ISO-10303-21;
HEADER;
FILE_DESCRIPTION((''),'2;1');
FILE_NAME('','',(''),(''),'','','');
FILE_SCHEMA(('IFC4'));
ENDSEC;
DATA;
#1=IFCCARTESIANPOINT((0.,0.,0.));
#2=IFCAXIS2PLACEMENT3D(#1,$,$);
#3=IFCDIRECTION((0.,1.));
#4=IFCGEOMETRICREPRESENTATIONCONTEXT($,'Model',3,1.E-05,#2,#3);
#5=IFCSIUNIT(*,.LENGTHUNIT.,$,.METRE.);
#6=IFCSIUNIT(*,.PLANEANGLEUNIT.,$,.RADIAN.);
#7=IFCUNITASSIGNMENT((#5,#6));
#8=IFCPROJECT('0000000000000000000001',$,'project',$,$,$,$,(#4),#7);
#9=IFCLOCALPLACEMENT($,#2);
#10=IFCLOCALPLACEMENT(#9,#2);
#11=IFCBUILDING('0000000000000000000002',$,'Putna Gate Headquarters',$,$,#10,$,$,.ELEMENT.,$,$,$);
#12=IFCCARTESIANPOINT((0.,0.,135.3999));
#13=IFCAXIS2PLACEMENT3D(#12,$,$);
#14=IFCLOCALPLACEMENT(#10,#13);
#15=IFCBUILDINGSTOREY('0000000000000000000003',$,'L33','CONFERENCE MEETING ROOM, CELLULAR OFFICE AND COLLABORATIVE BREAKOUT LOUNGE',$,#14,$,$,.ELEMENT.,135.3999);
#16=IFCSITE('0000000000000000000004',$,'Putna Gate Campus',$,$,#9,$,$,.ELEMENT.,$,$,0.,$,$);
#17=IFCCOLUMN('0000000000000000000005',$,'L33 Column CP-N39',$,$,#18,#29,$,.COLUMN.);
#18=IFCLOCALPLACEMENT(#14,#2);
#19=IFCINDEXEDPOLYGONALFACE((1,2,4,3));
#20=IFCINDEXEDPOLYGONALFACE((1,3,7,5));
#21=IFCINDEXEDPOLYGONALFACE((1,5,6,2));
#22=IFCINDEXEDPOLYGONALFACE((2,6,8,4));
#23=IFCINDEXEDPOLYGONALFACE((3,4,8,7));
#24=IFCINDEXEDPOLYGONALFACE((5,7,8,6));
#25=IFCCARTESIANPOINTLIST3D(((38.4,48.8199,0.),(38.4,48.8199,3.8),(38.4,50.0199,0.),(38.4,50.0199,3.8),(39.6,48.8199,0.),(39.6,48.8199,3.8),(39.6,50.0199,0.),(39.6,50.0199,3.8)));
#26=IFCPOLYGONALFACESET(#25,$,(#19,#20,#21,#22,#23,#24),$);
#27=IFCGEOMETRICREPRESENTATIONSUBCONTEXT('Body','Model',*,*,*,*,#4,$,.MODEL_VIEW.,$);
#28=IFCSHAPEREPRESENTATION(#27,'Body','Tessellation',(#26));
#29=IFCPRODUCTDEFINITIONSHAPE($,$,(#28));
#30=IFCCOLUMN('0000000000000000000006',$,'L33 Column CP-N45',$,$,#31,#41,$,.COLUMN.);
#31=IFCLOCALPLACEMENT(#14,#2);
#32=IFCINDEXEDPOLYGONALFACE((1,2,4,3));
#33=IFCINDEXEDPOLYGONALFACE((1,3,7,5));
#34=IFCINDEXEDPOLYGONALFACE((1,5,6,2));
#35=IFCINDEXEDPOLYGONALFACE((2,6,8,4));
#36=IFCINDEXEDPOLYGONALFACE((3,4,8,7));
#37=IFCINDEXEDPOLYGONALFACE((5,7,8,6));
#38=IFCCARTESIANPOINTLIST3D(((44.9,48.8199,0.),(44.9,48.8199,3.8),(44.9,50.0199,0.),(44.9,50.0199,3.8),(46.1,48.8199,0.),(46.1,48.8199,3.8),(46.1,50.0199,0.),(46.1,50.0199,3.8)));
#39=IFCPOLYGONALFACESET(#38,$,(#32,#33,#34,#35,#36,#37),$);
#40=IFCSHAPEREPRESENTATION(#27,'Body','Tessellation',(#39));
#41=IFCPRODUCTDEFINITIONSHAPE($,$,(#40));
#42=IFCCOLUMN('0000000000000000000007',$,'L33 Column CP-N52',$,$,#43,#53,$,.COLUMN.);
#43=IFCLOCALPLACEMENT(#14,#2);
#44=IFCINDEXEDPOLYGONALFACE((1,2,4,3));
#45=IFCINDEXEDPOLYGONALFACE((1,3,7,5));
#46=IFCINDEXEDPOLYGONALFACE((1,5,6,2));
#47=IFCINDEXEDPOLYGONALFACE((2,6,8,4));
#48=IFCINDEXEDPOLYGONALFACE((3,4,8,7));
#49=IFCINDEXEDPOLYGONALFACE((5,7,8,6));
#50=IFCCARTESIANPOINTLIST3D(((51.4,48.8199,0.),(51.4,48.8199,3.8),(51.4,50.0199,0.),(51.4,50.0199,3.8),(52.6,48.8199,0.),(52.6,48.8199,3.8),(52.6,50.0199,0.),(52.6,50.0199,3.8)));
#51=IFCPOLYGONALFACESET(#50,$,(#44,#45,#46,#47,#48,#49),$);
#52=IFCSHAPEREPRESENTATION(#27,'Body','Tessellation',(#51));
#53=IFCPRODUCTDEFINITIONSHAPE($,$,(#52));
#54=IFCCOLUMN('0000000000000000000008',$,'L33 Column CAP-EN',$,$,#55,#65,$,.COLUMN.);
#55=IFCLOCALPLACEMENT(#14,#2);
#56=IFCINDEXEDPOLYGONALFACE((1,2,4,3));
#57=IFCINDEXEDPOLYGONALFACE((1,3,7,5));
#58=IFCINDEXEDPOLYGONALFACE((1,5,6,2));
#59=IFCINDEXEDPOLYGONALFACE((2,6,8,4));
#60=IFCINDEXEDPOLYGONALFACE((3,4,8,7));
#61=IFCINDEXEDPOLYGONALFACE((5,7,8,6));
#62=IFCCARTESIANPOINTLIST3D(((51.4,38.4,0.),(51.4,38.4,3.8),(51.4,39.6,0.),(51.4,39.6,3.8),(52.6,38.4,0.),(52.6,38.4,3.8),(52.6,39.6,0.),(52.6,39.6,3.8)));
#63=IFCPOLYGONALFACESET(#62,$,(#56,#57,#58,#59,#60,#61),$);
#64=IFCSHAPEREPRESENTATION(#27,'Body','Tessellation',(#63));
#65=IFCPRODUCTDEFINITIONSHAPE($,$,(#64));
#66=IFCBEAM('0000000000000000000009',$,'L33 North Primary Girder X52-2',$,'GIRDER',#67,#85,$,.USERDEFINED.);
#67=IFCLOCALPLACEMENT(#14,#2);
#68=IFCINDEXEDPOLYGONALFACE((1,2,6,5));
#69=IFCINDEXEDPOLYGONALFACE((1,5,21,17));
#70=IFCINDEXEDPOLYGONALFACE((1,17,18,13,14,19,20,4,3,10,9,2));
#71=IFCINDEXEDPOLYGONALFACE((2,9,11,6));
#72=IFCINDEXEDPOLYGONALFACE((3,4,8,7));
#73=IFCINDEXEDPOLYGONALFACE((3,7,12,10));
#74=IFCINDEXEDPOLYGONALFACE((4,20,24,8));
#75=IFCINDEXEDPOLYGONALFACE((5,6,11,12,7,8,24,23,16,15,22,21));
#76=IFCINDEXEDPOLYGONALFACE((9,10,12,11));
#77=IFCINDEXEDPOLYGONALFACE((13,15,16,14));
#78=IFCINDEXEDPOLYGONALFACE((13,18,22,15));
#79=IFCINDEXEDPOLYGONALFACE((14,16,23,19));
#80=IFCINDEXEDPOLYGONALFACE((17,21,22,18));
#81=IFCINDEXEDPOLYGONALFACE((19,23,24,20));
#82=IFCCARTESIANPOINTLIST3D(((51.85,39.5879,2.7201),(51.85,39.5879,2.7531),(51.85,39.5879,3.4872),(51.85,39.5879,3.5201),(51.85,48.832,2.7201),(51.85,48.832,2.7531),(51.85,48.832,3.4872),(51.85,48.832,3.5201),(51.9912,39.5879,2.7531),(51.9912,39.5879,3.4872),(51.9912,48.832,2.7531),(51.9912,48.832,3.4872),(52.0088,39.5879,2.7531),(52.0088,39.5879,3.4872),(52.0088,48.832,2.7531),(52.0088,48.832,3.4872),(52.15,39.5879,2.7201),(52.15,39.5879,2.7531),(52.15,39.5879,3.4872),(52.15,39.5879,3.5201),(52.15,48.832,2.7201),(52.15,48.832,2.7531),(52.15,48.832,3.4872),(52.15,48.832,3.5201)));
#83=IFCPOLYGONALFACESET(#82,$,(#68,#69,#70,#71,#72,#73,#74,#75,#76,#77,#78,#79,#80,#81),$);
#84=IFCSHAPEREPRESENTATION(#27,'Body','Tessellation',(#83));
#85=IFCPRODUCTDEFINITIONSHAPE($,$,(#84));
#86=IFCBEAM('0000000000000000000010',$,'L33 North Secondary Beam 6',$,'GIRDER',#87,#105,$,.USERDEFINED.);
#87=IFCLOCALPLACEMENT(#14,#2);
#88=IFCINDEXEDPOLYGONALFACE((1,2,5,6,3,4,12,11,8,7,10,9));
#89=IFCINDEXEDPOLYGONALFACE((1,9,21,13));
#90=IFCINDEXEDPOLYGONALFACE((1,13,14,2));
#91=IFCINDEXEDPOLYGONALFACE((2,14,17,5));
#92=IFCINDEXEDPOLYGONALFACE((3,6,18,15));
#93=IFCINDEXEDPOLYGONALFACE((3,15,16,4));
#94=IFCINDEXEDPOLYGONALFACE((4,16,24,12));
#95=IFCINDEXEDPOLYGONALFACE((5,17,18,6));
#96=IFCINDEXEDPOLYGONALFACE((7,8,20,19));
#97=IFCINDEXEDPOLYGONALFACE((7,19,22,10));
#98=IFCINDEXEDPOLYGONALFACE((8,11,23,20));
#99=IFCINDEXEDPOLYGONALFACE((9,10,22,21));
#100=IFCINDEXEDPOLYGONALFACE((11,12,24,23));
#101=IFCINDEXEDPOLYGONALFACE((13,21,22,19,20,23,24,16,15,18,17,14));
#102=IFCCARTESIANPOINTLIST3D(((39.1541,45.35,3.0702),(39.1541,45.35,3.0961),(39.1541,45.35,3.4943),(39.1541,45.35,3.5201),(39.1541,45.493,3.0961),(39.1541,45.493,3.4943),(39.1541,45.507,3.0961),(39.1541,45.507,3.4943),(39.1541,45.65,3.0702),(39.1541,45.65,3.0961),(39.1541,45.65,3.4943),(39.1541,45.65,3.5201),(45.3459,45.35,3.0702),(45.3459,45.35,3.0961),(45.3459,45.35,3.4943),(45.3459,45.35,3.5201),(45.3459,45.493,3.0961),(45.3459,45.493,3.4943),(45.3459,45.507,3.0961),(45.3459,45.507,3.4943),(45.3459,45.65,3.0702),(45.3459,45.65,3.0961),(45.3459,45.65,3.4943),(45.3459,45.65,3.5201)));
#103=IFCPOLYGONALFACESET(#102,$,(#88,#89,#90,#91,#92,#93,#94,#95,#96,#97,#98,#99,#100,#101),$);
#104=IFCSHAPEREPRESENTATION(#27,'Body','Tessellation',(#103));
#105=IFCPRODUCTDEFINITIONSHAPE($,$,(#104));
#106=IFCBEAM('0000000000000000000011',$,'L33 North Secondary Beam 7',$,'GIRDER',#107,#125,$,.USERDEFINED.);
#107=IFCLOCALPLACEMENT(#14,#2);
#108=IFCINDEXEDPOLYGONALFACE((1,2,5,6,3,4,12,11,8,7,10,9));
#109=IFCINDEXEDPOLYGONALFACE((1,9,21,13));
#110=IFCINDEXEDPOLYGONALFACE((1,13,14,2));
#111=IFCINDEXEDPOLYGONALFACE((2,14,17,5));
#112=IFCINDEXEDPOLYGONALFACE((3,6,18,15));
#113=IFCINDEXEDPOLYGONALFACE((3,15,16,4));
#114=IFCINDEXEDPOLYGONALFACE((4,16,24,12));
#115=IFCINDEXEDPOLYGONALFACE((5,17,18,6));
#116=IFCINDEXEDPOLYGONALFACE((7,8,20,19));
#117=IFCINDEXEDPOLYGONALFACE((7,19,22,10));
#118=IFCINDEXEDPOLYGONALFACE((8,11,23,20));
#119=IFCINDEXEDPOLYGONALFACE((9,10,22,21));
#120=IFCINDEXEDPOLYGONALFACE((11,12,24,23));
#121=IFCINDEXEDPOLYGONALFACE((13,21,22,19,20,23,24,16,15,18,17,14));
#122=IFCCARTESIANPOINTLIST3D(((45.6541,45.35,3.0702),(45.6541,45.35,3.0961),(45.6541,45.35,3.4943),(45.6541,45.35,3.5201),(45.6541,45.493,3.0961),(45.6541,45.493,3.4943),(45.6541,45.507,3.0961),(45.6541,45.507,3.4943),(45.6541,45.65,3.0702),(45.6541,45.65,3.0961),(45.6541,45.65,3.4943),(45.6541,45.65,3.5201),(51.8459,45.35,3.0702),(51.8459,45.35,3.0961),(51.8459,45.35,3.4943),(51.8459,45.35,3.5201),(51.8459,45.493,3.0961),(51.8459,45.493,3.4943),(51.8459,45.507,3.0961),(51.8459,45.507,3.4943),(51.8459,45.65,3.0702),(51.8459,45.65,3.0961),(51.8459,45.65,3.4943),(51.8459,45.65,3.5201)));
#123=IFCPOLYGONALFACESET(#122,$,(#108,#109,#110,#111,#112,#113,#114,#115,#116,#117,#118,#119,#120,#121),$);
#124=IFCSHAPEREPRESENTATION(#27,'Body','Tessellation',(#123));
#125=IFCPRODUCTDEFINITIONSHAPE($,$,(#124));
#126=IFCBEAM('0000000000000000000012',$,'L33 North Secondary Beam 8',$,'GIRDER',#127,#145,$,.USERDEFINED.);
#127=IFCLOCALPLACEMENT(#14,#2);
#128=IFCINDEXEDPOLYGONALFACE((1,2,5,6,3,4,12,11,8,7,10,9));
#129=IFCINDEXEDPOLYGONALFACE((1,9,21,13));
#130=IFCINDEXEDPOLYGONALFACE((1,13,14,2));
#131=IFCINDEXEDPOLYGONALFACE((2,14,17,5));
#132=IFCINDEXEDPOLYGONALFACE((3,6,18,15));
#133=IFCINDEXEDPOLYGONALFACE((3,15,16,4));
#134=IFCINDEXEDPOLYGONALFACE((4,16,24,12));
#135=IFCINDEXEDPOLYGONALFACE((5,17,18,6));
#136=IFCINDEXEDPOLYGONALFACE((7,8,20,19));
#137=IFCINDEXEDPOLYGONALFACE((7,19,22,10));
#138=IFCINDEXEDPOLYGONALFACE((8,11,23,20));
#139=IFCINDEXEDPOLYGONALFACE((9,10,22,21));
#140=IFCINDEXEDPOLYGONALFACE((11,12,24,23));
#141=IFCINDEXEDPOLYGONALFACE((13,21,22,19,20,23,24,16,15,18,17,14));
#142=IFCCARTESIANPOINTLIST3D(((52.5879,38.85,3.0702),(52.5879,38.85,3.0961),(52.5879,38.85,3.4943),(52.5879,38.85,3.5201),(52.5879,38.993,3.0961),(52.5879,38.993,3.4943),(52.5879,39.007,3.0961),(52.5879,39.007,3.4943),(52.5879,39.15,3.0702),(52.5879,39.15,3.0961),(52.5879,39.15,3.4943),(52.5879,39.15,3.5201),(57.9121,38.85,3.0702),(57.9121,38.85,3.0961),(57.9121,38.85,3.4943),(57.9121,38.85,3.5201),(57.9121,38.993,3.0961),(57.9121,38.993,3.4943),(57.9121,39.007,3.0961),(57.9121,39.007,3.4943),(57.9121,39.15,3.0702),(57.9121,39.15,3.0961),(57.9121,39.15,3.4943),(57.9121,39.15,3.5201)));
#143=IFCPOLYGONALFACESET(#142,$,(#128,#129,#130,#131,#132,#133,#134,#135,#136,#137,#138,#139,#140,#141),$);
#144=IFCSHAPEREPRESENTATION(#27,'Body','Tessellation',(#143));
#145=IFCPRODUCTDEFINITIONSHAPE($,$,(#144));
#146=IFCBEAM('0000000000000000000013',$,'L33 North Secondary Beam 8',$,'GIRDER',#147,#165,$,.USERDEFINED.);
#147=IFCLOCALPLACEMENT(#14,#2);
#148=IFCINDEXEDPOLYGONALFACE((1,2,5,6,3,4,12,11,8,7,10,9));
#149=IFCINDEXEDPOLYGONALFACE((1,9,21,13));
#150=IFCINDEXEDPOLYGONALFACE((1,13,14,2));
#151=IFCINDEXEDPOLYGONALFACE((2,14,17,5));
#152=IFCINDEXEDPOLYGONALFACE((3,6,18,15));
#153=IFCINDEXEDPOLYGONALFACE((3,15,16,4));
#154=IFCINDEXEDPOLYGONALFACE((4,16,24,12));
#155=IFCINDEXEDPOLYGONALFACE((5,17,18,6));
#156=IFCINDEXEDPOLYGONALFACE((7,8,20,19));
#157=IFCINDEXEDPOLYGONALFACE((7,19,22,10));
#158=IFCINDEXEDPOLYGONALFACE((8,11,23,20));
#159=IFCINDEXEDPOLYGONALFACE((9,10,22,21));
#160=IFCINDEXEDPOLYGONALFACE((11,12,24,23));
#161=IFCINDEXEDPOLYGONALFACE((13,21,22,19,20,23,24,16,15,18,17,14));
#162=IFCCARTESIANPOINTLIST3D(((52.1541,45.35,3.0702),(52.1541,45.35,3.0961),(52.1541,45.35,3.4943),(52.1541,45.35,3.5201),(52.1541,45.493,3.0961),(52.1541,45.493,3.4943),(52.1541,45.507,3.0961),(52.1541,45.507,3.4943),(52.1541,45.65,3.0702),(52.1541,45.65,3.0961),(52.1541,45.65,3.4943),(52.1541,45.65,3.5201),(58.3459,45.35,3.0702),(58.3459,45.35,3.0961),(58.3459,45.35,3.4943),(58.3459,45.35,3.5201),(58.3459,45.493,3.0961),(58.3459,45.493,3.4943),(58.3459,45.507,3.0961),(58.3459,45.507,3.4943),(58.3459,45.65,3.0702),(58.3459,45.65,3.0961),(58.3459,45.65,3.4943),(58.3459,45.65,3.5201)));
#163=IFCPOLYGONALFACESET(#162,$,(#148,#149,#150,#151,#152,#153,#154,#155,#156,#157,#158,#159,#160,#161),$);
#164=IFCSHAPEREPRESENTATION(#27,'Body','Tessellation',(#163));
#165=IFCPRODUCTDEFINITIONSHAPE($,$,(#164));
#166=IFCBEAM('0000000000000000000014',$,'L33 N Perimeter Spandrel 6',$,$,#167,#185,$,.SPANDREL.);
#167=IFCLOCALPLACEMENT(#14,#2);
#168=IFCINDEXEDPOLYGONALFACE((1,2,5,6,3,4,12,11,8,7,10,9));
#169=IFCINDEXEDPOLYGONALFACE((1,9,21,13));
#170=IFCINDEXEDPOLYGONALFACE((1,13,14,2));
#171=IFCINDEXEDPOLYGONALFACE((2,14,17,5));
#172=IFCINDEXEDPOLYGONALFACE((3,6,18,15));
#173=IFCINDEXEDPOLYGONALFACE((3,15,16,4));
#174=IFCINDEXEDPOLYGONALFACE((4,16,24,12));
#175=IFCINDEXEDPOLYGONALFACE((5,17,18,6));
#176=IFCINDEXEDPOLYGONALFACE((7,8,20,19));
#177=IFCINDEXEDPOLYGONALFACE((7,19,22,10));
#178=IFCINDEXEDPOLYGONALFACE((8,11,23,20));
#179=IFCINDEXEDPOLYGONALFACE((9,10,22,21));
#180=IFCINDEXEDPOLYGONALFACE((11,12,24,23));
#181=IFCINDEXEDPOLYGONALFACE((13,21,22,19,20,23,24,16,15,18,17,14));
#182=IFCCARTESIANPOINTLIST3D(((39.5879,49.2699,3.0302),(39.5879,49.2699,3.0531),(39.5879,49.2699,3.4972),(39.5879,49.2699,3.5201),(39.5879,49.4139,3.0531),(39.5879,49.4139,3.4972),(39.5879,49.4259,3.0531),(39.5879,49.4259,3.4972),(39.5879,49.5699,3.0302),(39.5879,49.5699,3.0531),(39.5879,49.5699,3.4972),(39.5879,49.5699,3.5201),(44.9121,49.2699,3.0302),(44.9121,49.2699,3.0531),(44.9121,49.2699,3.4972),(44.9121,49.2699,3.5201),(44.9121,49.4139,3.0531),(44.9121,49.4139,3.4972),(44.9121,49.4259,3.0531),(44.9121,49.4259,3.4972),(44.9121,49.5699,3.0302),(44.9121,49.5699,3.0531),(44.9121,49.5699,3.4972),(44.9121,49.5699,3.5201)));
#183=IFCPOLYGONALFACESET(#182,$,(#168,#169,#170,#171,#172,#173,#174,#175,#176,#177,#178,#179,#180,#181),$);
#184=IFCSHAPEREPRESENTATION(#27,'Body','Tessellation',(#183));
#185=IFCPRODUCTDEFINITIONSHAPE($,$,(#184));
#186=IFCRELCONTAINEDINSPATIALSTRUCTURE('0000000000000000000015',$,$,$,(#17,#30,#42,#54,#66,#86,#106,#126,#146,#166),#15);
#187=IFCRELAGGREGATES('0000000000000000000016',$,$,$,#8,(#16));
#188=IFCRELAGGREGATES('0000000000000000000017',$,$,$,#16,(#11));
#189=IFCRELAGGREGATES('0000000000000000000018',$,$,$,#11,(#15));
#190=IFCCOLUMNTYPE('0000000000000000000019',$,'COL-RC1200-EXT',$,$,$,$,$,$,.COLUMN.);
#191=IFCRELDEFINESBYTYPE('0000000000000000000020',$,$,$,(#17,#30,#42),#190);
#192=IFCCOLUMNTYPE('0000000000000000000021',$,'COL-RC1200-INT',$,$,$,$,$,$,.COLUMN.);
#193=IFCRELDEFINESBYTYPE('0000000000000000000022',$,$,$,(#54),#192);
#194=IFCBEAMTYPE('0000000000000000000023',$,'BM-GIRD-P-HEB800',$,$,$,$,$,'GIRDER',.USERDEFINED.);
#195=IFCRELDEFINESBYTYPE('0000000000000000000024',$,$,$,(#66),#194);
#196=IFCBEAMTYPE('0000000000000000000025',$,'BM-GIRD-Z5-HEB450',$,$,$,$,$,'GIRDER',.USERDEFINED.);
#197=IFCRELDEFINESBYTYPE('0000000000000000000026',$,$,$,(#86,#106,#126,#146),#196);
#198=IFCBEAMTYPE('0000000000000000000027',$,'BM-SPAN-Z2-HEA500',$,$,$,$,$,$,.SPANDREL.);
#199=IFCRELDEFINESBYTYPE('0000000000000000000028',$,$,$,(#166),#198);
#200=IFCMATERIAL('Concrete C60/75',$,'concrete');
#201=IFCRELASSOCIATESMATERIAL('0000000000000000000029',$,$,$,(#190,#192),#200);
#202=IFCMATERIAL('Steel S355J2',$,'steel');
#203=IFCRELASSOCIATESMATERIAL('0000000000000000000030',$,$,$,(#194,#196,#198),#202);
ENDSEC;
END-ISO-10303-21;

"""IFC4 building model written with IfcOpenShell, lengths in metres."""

from ifc_helpers import new_model, si_unit, direction, frame, origin, origin_2d, place, context, subcontext, project, spatial, rectangle, i_section, extrude, material, material_profile, profile_set, type_object, element, save


model = new_model("IFC4")

# Units and contexts
model_context = context("Model", 3, precision=1e-05, world=origin(), true_north=direction((0.0, 1.0)))
body_context = subcontext(model_context, "Body", "Model", "MODEL_VIEW")
ifc_project = project(units=[si_unit("LENGTHUNIT", "METRE"), si_unit("PLANEANGLEUNIT", "RADIAN")], contexts=[model_context])

# Site, building, storey
site_placement = place(None, origin())
site = spatial("IfcSite", under=ifc_project, at=site_placement, Name="Putna Gate Campus", CompositionType="ELEMENT", RefElevation=0.0)
building_placement = place(site_placement, origin())
building = spatial("IfcBuilding", under=site, at=building_placement, Name="Putna Gate Headquarters", CompositionType="ELEMENT")
storey_placement = place(building_placement, frame((0.0, 0.0, 135.3999)))
storey = spatial("IfcBuildingStorey", under=building, at=storey_placement, Name="L33", Description="CONFERENCE MEETING ROOM, CELLULAR OFFICE AND COLLABORATIVE BREAKOUT LOUNGE", CompositionType="ELEMENT", Elevation=135.3999)

# Columns
ifc_material_1 = material(Name="Concrete C60/75", Category="concrete")
ifc_material_profile_1 = material_profile(ifc_material_1, rectangle(XDim=1.2, YDim=1.2, at=origin_2d()), Name="Concrete C60/75")
ifc_profile_set_1 = profile_set([ifc_material_profile_1], Name="Concrete C60/75")
column_type_1 = type_object("IfcColumnType", Name="COL-RC1200-EXT", PredefinedType="COLUMN", material=ifc_profile_set_1)
for number, where, z_axis, x_axis, name in (
    (1, (39.0, 49.4199, 0.0), (0.0, 0.0, 1.0), (1.0, 0.0, 0.0), "L33 Column CP-N39"),
    (2, (45.5, 49.4199, 0.0), (0.0, 0.0, 1.0), (1.0, 0.0, 0.0), "L33 Column CP-N45"),
    (3, (52.0, 49.4199, 0.0), (0.0, 0.0, 1.0), (1.0, 0.0, 0.0), "L33 Column CP-N52"),
):
    element("IfcColumn", number, at=place(storey_placement, frame(where, z_axis=z_axis, x_axis=x_axis)), inside=storey, type_object=column_type_1, Name=name, PredefinedType="COLUMN", context=body_context, shape_type="SweptSolid", body=[
        extrude(rectangle(XDim=1.2, YDim=1.2, at=origin_2d()), origin(), (0.0, 0.0, 1.0), 3.8),
    ])
ifc_material_profile_2 = material_profile(ifc_material_1, rectangle(XDim=1.2, YDim=1.2, at=origin_2d()), Name="Concrete C60/75")
ifc_profile_set_2 = profile_set([ifc_material_profile_2], Name="Concrete C60/75")
column_type_2 = type_object("IfcColumnType", Name="COL-RC1200-INT", PredefinedType="COLUMN", material=ifc_profile_set_2)
column_placement = place(storey_placement, frame((52.0, 39.0, 0.0), z_axis=(0.0, 0.0, 1.0), x_axis=(1.0, 0.0, 0.0)))
element("IfcColumn", 4, at=column_placement, inside=storey, type_object=column_type_2, Name="L33 Column CAP-EN", PredefinedType="COLUMN", context=body_context, shape_type="SweptSolid", body=[
    extrude(rectangle(XDim=1.2, YDim=1.2, at=origin_2d()), origin(), (0.0, 0.0, 1.0), 3.8),
])

# Beams
ifc_material_2 = material(Name="Steel S355J2", Category="steel")
ifc_material_profile_3 = material_profile(ifc_material_2, i_section(OverallWidth=0.3, OverallDepth=0.8, WebThickness=0.0176, FlangeThickness=0.033, at=origin_2d()), Name="Steel S355J2")
ifc_profile_set_3 = profile_set([ifc_material_profile_3], Name="Steel S355J2")
beam_type_1 = type_object("IfcBeamType", Name="BM-GIRD-P-HEB800", ElementType="GIRDER", PredefinedType="USERDEFINED", material=ifc_profile_set_3)
beam_1_placement = place(storey_placement, frame((52.0, 39.5879, 3.1201), z_axis=(0.0, 1.0, 0.0), x_axis=(-1.0, 0.0, 0.0)))
element("IfcBeam", 5, at=beam_1_placement, inside=storey, type_object=beam_type_1, Name="L33 North Primary Girder X52-2", ObjectType="GIRDER", PredefinedType="USERDEFINED", context=body_context, shape_type="SweptSolid", body=[
    extrude(i_section(OverallWidth=0.3, OverallDepth=0.8, WebThickness=0.0176, FlangeThickness=0.033, at=origin_2d()), origin(), (0.0, 0.0, 1.0), 9.2441),
])
ifc_material_profile_4 = material_profile(ifc_material_2, i_section(OverallWidth=0.3, OverallDepth=0.45, WebThickness=0.0139, FlangeThickness=0.0259, at=origin_2d()), Name="Steel S355J2")
ifc_profile_set_4 = profile_set([ifc_material_profile_4], Name="Steel S355J2")
beam_type_2 = type_object("IfcBeamType", Name="BM-GIRD-Z5-HEB450", ElementType="GIRDER", PredefinedType="USERDEFINED", material=ifc_profile_set_4)
for number, where, z_axis, x_axis, name in (
    (6, (39.1541, 45.5, 3.2952), (1.0, 0.0, 0.0), (0.0, 1.0, 0.0), "L33 North Secondary Beam 6"),
    (7, (45.6541, 45.5, 3.2952), (1.0, 0.0, 0.0), (0.0, 1.0, 0.0), "L33 North Secondary Beam 7"),
):
    element("IfcBeam", number, at=place(storey_placement, frame(where, z_axis=z_axis, x_axis=x_axis)), inside=storey, type_object=beam_type_2, Name=name, ObjectType="GIRDER", PredefinedType="USERDEFINED", context=body_context, shape_type="SweptSolid", body=[
        extrude(i_section(OverallWidth=0.3, OverallDepth=0.45, WebThickness=0.0139, FlangeThickness=0.0259, at=origin_2d()), origin(), (0.0, 0.0, 1.0), 6.1919),
    ])
beam_2_placement = place(storey_placement, frame((52.5879, 39.0, 3.2952), z_axis=(1.0, 0.0, 0.0), x_axis=(0.0, 1.0, 0.0)))
element("IfcBeam", 8, at=beam_2_placement, inside=storey, type_object=beam_type_2, Name="L33 North Secondary Beam 8", ObjectType="GIRDER", PredefinedType="USERDEFINED", context=body_context, shape_type="SweptSolid", body=[
    extrude(i_section(OverallWidth=0.3, OverallDepth=0.45, WebThickness=0.0139, FlangeThickness=0.0259, at=origin_2d()), origin(), (0.0, 0.0, 1.0), 5.3242),
])
beam_3_placement = place(storey_placement, frame((52.1541, 45.5, 3.2952), z_axis=(1.0, 0.0, 0.0), x_axis=(0.0, 1.0, 0.0)))
element("IfcBeam", 9, at=beam_3_placement, inside=storey, type_object=beam_type_2, Name="L33 North Secondary Beam 8", ObjectType="GIRDER", PredefinedType="USERDEFINED", context=body_context, shape_type="SweptSolid", body=[
    extrude(i_section(OverallWidth=0.3, OverallDepth=0.45, WebThickness=0.0139, FlangeThickness=0.0259, at=origin_2d()), origin(), (0.0, 0.0, 1.0), 6.1919),
])
ifc_material_profile_5 = material_profile(ifc_material_2, i_section(OverallWidth=0.3, OverallDepth=0.49, WebThickness=0.012, FlangeThickness=0.0229, at=origin_2d()), Name="Steel S355J2")
ifc_profile_set_5 = profile_set([ifc_material_profile_5], Name="Steel S355J2")
beam_type_3 = type_object("IfcBeamType", Name="BM-SPAN-Z2-HEA500", PredefinedType="SPANDREL", material=ifc_profile_set_5)
for number, where, z_axis, x_axis, name in (
    (10, (39.5879, 49.4199, 3.2751), (1.0, 0.0, 0.0), (0.0, 1.0, 0.0), "L33 N Perimeter Spandrel 6"),
):
    element("IfcBeam", number, at=place(storey_placement, frame(where, z_axis=z_axis, x_axis=x_axis)), inside=storey, type_object=beam_type_3, Name=name, PredefinedType="SPANDREL", context=body_context, shape_type="SweptSolid", body=[
        extrude(i_section(OverallWidth=0.3, OverallDepth=0.49, WebThickness=0.012, FlangeThickness=0.0229, at=origin_2d()), origin(), (0.0, 0.0, 1.0), 5.3242),
    ])

save(model, "model.ifc")
